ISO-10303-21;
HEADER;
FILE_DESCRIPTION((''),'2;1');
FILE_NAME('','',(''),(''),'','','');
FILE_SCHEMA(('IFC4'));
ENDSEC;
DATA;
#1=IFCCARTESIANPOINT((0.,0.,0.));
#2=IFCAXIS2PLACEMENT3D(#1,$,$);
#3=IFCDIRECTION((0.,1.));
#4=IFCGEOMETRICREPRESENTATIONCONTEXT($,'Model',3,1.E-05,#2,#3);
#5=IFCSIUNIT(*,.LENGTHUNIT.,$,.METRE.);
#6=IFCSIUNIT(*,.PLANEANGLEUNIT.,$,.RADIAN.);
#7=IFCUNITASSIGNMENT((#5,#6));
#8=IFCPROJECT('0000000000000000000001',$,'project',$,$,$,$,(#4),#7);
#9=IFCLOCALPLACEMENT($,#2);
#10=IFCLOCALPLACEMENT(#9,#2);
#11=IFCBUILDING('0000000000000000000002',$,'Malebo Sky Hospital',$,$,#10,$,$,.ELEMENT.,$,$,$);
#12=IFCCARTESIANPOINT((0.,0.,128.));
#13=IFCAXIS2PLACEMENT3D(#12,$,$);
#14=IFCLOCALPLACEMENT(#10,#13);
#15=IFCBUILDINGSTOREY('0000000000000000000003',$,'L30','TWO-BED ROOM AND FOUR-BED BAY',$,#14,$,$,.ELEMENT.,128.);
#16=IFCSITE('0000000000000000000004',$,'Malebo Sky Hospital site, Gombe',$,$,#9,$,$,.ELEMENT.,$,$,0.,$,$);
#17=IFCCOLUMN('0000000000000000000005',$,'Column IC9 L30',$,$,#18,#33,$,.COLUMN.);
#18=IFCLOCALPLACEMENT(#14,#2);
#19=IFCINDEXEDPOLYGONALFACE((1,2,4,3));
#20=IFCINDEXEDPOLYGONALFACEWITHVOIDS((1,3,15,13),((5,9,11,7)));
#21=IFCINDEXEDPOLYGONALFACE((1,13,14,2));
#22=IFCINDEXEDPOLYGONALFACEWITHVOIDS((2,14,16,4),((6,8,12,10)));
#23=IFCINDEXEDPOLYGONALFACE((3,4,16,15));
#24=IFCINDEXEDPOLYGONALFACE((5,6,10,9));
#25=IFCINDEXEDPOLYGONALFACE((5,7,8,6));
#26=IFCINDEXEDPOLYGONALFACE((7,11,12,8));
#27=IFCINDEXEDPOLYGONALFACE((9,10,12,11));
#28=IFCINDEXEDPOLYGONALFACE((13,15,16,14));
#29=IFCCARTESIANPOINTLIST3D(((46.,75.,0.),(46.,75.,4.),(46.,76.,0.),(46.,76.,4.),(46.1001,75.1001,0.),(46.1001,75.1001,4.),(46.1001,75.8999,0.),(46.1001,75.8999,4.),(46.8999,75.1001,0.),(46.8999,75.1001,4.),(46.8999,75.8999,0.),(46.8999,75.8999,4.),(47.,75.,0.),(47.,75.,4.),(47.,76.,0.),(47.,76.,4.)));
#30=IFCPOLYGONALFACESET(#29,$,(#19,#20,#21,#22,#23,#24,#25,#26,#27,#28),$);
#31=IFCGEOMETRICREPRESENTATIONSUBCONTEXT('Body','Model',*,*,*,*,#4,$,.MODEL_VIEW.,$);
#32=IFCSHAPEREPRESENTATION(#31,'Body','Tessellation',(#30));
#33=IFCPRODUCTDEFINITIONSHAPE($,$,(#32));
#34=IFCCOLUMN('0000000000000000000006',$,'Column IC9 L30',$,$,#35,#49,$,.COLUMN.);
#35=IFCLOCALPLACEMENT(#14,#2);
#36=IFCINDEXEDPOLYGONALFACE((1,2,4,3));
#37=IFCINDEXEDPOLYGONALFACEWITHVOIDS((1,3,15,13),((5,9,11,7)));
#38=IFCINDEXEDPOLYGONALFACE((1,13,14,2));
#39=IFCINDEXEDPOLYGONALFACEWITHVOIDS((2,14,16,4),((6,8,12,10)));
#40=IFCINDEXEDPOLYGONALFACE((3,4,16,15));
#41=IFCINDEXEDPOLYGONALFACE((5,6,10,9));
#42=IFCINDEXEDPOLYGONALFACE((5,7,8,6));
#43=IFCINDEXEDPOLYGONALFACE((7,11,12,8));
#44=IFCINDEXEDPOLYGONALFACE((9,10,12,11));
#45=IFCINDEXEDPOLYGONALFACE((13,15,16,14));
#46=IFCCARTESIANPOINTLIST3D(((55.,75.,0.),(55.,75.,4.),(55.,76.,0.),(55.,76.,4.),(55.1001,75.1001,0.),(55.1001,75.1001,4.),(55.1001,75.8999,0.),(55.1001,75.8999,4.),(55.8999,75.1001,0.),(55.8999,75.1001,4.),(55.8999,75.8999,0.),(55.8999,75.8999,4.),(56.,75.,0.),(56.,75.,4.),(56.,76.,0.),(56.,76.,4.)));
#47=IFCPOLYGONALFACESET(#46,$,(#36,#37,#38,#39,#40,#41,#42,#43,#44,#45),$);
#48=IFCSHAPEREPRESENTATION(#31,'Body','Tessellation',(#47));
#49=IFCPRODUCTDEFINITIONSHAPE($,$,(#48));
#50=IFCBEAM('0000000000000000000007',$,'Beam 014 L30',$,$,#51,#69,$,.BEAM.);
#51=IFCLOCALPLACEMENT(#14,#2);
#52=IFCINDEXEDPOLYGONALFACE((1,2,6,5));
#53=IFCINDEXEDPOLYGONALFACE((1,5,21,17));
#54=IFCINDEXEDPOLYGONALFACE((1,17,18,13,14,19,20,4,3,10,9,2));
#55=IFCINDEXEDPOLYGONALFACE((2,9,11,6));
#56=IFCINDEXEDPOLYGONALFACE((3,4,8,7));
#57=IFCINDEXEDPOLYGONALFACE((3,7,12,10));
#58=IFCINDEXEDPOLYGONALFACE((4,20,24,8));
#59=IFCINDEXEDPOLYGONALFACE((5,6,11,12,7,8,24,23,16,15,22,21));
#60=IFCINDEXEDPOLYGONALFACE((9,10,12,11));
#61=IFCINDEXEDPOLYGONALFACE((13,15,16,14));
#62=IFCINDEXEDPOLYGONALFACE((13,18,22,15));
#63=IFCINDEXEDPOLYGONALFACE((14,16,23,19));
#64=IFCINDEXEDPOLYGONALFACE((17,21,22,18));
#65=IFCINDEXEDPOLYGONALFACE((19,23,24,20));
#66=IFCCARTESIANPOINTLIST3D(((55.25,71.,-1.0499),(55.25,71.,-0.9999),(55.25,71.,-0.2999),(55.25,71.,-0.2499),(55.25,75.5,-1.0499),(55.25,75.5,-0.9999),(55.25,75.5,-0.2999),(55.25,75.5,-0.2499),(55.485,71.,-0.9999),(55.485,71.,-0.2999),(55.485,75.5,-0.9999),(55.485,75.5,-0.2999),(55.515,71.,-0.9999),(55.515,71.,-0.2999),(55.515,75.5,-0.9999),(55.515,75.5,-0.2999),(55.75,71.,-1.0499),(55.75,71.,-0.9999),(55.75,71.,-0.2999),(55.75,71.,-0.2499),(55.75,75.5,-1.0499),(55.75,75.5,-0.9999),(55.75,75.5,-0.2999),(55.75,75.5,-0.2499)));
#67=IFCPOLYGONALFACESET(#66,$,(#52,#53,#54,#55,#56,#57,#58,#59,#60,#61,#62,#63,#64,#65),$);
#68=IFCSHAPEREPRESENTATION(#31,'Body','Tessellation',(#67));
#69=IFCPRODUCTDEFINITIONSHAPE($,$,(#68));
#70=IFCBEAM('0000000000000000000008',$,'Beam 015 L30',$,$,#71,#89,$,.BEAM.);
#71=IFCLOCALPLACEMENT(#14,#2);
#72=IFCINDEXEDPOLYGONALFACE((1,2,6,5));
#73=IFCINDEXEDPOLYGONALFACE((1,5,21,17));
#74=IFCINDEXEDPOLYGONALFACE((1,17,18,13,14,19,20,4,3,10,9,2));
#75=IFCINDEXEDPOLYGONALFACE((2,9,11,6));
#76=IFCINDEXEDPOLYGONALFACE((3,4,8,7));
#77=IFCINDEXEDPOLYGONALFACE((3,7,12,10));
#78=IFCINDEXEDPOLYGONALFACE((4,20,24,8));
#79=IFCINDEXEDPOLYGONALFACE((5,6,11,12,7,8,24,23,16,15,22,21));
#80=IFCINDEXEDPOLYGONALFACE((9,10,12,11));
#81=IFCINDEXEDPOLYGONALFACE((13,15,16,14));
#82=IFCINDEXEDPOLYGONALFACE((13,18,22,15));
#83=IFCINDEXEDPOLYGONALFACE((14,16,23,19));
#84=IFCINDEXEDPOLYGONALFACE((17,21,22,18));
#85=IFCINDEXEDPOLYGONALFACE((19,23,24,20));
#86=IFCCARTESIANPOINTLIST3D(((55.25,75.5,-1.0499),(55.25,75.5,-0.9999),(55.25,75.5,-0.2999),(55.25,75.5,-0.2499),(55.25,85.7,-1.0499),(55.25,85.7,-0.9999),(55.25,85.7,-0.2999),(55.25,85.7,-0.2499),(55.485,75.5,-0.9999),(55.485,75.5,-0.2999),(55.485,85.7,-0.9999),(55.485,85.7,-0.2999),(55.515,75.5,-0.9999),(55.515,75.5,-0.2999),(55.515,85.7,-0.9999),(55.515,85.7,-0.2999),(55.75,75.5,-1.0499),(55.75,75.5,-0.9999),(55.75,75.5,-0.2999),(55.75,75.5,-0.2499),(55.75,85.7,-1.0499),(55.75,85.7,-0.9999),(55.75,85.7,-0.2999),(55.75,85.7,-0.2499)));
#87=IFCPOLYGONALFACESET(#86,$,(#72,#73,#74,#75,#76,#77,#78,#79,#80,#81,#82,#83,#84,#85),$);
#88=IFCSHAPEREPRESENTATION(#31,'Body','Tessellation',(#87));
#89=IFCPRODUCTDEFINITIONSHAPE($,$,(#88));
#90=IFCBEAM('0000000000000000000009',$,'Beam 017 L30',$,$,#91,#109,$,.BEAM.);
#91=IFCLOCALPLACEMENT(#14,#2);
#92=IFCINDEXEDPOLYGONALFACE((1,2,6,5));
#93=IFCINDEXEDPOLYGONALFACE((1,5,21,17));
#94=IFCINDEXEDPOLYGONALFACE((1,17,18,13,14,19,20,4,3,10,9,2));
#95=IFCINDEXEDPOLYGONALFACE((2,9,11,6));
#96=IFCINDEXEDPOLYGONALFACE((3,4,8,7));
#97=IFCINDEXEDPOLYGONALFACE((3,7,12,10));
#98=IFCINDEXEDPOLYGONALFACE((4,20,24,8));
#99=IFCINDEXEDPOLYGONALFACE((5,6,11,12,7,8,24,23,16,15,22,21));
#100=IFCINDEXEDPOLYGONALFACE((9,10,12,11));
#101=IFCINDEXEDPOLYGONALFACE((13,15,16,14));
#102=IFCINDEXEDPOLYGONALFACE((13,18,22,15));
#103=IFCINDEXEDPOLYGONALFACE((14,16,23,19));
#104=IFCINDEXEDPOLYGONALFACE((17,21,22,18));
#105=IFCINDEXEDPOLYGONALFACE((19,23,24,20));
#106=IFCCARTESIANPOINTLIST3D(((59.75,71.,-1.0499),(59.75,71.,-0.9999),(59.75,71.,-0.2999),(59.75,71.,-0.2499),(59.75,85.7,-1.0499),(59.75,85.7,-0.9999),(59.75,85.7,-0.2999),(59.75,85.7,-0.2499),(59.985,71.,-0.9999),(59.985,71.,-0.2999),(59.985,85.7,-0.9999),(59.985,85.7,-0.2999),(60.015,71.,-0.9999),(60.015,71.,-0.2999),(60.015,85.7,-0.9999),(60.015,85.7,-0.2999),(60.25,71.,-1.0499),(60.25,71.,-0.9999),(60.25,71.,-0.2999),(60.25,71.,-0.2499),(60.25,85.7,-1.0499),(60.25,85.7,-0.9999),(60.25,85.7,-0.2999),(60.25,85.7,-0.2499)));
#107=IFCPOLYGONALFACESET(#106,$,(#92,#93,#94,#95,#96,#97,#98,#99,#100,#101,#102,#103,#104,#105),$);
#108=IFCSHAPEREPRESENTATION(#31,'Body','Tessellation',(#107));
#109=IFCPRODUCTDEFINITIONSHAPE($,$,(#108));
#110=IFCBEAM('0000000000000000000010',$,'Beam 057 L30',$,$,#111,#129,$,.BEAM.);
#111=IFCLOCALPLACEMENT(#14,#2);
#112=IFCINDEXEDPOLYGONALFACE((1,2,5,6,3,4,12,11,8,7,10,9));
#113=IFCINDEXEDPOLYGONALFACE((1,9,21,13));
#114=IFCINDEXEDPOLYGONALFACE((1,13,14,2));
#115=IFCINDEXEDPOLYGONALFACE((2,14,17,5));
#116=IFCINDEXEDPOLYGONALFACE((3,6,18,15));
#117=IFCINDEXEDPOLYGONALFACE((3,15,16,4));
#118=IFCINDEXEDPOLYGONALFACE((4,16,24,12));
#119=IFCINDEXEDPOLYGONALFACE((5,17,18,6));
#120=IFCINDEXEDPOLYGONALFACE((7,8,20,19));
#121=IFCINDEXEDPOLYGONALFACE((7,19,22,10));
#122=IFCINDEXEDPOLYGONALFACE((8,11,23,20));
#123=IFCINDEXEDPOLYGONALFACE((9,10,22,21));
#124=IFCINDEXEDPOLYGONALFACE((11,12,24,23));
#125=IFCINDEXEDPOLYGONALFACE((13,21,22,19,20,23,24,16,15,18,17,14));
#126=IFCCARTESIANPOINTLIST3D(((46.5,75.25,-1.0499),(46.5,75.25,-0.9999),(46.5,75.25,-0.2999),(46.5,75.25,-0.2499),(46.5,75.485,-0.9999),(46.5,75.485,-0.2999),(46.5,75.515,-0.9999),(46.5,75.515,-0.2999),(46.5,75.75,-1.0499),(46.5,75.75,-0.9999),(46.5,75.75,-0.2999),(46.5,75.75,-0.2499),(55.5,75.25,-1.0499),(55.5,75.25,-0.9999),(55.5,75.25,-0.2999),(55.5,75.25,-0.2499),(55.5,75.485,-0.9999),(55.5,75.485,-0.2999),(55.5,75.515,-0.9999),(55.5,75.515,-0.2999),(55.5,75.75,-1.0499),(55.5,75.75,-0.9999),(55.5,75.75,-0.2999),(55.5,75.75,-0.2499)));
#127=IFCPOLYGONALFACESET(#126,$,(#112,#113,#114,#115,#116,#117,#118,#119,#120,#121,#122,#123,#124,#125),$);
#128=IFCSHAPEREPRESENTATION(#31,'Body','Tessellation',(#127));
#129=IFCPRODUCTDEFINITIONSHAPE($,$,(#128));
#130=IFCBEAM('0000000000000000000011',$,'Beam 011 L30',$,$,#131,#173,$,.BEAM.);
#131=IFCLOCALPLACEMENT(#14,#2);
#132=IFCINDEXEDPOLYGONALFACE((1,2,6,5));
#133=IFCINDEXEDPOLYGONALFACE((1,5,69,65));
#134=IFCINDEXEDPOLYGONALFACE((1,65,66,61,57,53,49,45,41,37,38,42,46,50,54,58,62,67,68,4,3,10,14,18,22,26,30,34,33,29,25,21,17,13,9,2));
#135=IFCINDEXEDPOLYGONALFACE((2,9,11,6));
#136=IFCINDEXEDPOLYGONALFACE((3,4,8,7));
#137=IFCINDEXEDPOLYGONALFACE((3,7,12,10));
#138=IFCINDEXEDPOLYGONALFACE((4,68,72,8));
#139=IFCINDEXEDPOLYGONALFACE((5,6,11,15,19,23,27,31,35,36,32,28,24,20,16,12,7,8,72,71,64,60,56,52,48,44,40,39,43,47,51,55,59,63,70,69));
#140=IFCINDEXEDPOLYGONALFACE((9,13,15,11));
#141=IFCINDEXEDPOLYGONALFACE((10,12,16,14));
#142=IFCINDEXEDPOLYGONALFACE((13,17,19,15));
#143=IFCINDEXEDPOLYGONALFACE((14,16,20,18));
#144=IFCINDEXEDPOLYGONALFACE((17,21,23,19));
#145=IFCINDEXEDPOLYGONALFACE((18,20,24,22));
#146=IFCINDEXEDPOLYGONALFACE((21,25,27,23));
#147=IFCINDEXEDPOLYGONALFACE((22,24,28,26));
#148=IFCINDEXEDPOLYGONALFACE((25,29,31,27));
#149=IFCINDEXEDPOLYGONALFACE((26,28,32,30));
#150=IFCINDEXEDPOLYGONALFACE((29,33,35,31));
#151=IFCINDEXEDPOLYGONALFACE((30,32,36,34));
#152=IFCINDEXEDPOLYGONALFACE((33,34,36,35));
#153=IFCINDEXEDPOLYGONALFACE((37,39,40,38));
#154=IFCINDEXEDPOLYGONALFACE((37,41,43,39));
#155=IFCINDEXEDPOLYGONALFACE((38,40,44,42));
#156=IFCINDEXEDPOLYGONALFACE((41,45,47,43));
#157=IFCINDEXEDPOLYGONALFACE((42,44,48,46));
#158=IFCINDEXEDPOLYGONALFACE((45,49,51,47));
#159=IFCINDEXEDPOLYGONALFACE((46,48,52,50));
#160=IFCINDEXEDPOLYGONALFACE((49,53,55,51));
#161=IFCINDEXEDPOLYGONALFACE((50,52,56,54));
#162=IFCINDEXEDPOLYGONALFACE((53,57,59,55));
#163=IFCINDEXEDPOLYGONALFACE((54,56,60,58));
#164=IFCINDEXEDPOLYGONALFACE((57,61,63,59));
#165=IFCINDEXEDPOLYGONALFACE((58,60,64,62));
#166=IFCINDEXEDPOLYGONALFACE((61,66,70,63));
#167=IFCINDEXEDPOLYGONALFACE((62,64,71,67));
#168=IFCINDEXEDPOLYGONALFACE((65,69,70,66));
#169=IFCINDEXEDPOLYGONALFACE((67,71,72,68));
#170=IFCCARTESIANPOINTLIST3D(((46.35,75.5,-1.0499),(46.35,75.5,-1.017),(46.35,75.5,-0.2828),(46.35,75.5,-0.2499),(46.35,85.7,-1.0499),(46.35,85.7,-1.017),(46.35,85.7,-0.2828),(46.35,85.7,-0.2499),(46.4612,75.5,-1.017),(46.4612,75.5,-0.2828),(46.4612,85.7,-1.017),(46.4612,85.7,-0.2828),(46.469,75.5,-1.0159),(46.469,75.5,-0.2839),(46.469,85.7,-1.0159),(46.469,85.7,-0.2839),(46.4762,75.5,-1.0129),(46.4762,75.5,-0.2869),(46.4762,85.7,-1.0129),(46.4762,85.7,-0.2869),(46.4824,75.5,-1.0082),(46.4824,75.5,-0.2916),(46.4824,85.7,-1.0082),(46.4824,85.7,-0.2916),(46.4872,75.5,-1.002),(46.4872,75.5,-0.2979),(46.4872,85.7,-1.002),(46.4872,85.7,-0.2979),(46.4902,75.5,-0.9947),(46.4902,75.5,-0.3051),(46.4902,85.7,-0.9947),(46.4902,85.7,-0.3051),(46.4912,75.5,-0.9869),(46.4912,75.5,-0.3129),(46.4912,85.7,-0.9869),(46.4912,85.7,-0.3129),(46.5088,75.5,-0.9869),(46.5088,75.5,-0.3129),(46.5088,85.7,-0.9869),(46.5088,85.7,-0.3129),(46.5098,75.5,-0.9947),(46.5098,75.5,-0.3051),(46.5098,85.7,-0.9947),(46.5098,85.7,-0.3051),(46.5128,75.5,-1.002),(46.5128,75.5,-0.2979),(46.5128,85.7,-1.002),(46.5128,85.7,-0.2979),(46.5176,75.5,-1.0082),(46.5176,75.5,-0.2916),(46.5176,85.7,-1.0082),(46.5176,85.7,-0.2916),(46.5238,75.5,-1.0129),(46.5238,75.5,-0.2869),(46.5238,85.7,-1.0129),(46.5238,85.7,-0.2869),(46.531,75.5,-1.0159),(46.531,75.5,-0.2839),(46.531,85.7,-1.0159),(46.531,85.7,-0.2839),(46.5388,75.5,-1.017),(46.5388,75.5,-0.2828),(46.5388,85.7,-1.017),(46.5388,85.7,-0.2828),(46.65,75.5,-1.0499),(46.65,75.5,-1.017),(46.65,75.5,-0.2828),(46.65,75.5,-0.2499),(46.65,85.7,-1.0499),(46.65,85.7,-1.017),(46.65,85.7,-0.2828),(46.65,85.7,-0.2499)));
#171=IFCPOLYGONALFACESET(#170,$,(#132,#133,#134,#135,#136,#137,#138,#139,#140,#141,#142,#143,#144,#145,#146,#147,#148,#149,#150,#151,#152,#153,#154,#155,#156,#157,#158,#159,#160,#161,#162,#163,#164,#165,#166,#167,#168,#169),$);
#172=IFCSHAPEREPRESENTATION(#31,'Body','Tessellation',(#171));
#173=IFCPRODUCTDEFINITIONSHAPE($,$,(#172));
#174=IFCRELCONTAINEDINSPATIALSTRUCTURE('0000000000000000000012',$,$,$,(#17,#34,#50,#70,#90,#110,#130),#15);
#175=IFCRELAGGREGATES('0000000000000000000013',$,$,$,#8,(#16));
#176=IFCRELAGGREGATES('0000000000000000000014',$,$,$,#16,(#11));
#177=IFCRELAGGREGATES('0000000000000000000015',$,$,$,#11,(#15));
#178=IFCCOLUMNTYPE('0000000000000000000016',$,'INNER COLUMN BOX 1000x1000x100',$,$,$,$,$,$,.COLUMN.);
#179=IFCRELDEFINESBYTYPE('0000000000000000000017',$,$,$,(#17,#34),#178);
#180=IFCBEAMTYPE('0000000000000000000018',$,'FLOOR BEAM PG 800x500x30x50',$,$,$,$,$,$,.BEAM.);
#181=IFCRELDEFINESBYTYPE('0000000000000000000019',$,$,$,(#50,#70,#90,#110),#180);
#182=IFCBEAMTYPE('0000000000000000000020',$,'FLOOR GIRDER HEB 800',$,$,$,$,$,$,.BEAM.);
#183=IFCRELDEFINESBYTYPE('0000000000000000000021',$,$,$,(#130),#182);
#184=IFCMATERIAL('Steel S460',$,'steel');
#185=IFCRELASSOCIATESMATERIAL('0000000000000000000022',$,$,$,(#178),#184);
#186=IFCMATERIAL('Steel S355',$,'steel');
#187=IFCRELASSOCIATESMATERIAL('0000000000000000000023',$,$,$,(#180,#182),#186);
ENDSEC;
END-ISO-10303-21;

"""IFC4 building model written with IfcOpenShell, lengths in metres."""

from ifc_helpers import new_model, si_unit, direction, frame, origin, origin_2d, place, context, subcontext, project, spatial, hollow_rectangle, i_section, extrude, material, material_profile, profile_set, type_object, element, save


model = new_model("IFC4")

# Units and contexts
model_context = context("Model", 3, precision=1e-05, world=origin(), true_north=direction((0.0, 1.0)))
body_context = subcontext(model_context, "Body", "Model", "MODEL_VIEW")
ifc_project = project(units=[si_unit("LENGTHUNIT", "METRE"), si_unit("PLANEANGLEUNIT", "RADIAN")], contexts=[model_context])

# Site, building, storey
site_placement = place(None, origin())
site = spatial("IfcSite", under=ifc_project, at=site_placement, Name="Malebo Sky Hospital site, Gombe", CompositionType="ELEMENT", RefElevation=0.0)
building_placement = place(site_placement, origin())
building = spatial("IfcBuilding", under=site, at=building_placement, Name="Malebo Sky Hospital", CompositionType="ELEMENT")
storey_placement = place(building_placement, frame((0.0, 0.0, 128.0)))
storey = spatial("IfcBuildingStorey", under=building, at=storey_placement, Name="L30", Description="TWO-BED ROOM AND FOUR-BED BAY", CompositionType="ELEMENT", Elevation=128.0)

# Columns
ifc_material_1 = material(Name="Steel S460", Category="steel")
ifc_material_profile_1 = material_profile(ifc_material_1, hollow_rectangle(XDim=1.0, YDim=1.0, WallThickness=0.1001, at=origin_2d()), Name="BOX 1000x1000x100")
ifc_profile_set_1 = profile_set([ifc_material_profile_1], Name="Steel S460")
column_type = type_object("IfcColumnType", Name="INNER COLUMN BOX 1000x1000x100", PredefinedType="COLUMN", material=ifc_profile_set_1)
for number, where, z_axis, x_axis, name in (
    (1, (46.5, 75.5, 0.0), (0.0, 0.0, 1.0), (1.0, 0.0, 0.0), "Column IC9 L30"),
    (2, (55.5, 75.5, 0.0), (0.0, 0.0, 1.0), (1.0, 0.0, 0.0), "Column IC9 L30"),
):
    element("IfcColumn", number, at=place(storey_placement, frame(where, z_axis=z_axis, x_axis=x_axis)), inside=storey, type_object=column_type, Name=name, PredefinedType="COLUMN", context=body_context, shape_type="SweptSolid", body=[
        extrude(hollow_rectangle(XDim=1.0, YDim=1.0, WallThickness=0.1001, at=origin_2d()), origin(), (0.0, 0.0, 1.0), 4.0),
    ])

# Beams
ifc_material_2 = material(Name="Steel S355", Category="steel")
ifc_material_profile_2 = material_profile(ifc_material_2, i_section(OverallWidth=0.5, OverallDepth=0.8, WebThickness=0.03, FlangeThickness=0.05, at=origin_2d()), Name="PG 800x500x30x50")
ifc_profile_set_2 = profile_set([ifc_material_profile_2], Name="Steel S355")
beam_type_1 = type_object("IfcBeamType", Name="FLOOR BEAM PG 800x500x30x50", PredefinedType="BEAM", material=ifc_profile_set_2)
beam_1_placement = place(storey_placement, frame((55.5, 71.0, -0.6499), z_axis=(0.0, 1.0, 0.0), x_axis=(-1.0, 0.0, 0.0)))
element("IfcBeam", 3, at=beam_1_placement, inside=storey, type_object=beam_type_1, Name="Beam 014 L30", PredefinedType="BEAM", context=body_context, shape_type="SweptSolid", body=[
    extrude(i_section(OverallWidth=0.5, OverallDepth=0.8, WebThickness=0.03, FlangeThickness=0.05, at=origin_2d()), origin(), (0.0, 0.0, 1.0), 4.5),
])
beam_2_placement = place(storey_placement, frame((55.5, 75.5, -0.6499), z_axis=(0.0, 1.0, 0.0), x_axis=(-1.0, 0.0, 0.0)))
element("IfcBeam", 4, at=beam_2_placement, inside=storey, type_object=beam_type_1, Name="Beam 015 L30", PredefinedType="BEAM", context=body_context, shape_type="SweptSolid", body=[
    extrude(i_section(OverallWidth=0.5, OverallDepth=0.8, WebThickness=0.03, FlangeThickness=0.05, at=origin_2d()), origin(), (0.0, 0.0, 1.0), 10.2),
])
beam_3_placement = place(storey_placement, frame((60.0, 71.0, -0.6499), z_axis=(0.0, 1.0, 0.0), x_axis=(-1.0, 0.0, 0.0)))
element("IfcBeam", 5, at=beam_3_placement, inside=storey, type_object=beam_type_1, Name="Beam 017 L30", PredefinedType="BEAM", context=body_context, shape_type="SweptSolid", body=[
    extrude(i_section(OverallWidth=0.5, OverallDepth=0.8, WebThickness=0.03, FlangeThickness=0.05, at=origin_2d()), origin(), (0.0, 0.0, 1.0), 14.7),
])
beam_4_placement = place(storey_placement, frame((46.5, 75.5, -0.6499), z_axis=(1.0, 0.0, 0.0), x_axis=(0.0, 1.0, 0.0)))
element("IfcBeam", 6, at=beam_4_placement, inside=storey, type_object=beam_type_1, Name="Beam 057 L30", PredefinedType="BEAM", context=body_context, shape_type="SweptSolid", body=[
    extrude(i_section(OverallWidth=0.5, OverallDepth=0.8, WebThickness=0.03, FlangeThickness=0.05, at=origin_2d()), origin(), (0.0, 0.0, 1.0), 9.0),
])
ifc_material_profile_3 = material_profile(ifc_material_2, i_section(OverallWidth=0.3, OverallDepth=0.8, WebThickness=0.0176, FlangeThickness=0.033, FilletRadius=0.03, at=origin_2d()), Name="HEB 800")
ifc_profile_set_3 = profile_set([ifc_material_profile_3], Name="Steel S355")
beam_type_2 = type_object("IfcBeamType", Name="FLOOR GIRDER HEB 800", PredefinedType="BEAM", material=ifc_profile_set_3)
beam_5_placement = place(storey_placement, frame((46.5, 75.5, -0.6499), z_axis=(0.0, 1.0, 0.0), x_axis=(-1.0, 0.0, 0.0)))
element("IfcBeam", 7, at=beam_5_placement, inside=storey, type_object=beam_type_2, Name="Beam 011 L30", PredefinedType="BEAM", context=body_context, shape_type="SweptSolid", body=[
    extrude(i_section(OverallWidth=0.3, OverallDepth=0.8, WebThickness=0.0176, FlangeThickness=0.033, FilletRadius=0.03, at=origin_2d()), origin(), (0.0, 0.0, 1.0), 10.2),
])

save(model, "model.ifc")
